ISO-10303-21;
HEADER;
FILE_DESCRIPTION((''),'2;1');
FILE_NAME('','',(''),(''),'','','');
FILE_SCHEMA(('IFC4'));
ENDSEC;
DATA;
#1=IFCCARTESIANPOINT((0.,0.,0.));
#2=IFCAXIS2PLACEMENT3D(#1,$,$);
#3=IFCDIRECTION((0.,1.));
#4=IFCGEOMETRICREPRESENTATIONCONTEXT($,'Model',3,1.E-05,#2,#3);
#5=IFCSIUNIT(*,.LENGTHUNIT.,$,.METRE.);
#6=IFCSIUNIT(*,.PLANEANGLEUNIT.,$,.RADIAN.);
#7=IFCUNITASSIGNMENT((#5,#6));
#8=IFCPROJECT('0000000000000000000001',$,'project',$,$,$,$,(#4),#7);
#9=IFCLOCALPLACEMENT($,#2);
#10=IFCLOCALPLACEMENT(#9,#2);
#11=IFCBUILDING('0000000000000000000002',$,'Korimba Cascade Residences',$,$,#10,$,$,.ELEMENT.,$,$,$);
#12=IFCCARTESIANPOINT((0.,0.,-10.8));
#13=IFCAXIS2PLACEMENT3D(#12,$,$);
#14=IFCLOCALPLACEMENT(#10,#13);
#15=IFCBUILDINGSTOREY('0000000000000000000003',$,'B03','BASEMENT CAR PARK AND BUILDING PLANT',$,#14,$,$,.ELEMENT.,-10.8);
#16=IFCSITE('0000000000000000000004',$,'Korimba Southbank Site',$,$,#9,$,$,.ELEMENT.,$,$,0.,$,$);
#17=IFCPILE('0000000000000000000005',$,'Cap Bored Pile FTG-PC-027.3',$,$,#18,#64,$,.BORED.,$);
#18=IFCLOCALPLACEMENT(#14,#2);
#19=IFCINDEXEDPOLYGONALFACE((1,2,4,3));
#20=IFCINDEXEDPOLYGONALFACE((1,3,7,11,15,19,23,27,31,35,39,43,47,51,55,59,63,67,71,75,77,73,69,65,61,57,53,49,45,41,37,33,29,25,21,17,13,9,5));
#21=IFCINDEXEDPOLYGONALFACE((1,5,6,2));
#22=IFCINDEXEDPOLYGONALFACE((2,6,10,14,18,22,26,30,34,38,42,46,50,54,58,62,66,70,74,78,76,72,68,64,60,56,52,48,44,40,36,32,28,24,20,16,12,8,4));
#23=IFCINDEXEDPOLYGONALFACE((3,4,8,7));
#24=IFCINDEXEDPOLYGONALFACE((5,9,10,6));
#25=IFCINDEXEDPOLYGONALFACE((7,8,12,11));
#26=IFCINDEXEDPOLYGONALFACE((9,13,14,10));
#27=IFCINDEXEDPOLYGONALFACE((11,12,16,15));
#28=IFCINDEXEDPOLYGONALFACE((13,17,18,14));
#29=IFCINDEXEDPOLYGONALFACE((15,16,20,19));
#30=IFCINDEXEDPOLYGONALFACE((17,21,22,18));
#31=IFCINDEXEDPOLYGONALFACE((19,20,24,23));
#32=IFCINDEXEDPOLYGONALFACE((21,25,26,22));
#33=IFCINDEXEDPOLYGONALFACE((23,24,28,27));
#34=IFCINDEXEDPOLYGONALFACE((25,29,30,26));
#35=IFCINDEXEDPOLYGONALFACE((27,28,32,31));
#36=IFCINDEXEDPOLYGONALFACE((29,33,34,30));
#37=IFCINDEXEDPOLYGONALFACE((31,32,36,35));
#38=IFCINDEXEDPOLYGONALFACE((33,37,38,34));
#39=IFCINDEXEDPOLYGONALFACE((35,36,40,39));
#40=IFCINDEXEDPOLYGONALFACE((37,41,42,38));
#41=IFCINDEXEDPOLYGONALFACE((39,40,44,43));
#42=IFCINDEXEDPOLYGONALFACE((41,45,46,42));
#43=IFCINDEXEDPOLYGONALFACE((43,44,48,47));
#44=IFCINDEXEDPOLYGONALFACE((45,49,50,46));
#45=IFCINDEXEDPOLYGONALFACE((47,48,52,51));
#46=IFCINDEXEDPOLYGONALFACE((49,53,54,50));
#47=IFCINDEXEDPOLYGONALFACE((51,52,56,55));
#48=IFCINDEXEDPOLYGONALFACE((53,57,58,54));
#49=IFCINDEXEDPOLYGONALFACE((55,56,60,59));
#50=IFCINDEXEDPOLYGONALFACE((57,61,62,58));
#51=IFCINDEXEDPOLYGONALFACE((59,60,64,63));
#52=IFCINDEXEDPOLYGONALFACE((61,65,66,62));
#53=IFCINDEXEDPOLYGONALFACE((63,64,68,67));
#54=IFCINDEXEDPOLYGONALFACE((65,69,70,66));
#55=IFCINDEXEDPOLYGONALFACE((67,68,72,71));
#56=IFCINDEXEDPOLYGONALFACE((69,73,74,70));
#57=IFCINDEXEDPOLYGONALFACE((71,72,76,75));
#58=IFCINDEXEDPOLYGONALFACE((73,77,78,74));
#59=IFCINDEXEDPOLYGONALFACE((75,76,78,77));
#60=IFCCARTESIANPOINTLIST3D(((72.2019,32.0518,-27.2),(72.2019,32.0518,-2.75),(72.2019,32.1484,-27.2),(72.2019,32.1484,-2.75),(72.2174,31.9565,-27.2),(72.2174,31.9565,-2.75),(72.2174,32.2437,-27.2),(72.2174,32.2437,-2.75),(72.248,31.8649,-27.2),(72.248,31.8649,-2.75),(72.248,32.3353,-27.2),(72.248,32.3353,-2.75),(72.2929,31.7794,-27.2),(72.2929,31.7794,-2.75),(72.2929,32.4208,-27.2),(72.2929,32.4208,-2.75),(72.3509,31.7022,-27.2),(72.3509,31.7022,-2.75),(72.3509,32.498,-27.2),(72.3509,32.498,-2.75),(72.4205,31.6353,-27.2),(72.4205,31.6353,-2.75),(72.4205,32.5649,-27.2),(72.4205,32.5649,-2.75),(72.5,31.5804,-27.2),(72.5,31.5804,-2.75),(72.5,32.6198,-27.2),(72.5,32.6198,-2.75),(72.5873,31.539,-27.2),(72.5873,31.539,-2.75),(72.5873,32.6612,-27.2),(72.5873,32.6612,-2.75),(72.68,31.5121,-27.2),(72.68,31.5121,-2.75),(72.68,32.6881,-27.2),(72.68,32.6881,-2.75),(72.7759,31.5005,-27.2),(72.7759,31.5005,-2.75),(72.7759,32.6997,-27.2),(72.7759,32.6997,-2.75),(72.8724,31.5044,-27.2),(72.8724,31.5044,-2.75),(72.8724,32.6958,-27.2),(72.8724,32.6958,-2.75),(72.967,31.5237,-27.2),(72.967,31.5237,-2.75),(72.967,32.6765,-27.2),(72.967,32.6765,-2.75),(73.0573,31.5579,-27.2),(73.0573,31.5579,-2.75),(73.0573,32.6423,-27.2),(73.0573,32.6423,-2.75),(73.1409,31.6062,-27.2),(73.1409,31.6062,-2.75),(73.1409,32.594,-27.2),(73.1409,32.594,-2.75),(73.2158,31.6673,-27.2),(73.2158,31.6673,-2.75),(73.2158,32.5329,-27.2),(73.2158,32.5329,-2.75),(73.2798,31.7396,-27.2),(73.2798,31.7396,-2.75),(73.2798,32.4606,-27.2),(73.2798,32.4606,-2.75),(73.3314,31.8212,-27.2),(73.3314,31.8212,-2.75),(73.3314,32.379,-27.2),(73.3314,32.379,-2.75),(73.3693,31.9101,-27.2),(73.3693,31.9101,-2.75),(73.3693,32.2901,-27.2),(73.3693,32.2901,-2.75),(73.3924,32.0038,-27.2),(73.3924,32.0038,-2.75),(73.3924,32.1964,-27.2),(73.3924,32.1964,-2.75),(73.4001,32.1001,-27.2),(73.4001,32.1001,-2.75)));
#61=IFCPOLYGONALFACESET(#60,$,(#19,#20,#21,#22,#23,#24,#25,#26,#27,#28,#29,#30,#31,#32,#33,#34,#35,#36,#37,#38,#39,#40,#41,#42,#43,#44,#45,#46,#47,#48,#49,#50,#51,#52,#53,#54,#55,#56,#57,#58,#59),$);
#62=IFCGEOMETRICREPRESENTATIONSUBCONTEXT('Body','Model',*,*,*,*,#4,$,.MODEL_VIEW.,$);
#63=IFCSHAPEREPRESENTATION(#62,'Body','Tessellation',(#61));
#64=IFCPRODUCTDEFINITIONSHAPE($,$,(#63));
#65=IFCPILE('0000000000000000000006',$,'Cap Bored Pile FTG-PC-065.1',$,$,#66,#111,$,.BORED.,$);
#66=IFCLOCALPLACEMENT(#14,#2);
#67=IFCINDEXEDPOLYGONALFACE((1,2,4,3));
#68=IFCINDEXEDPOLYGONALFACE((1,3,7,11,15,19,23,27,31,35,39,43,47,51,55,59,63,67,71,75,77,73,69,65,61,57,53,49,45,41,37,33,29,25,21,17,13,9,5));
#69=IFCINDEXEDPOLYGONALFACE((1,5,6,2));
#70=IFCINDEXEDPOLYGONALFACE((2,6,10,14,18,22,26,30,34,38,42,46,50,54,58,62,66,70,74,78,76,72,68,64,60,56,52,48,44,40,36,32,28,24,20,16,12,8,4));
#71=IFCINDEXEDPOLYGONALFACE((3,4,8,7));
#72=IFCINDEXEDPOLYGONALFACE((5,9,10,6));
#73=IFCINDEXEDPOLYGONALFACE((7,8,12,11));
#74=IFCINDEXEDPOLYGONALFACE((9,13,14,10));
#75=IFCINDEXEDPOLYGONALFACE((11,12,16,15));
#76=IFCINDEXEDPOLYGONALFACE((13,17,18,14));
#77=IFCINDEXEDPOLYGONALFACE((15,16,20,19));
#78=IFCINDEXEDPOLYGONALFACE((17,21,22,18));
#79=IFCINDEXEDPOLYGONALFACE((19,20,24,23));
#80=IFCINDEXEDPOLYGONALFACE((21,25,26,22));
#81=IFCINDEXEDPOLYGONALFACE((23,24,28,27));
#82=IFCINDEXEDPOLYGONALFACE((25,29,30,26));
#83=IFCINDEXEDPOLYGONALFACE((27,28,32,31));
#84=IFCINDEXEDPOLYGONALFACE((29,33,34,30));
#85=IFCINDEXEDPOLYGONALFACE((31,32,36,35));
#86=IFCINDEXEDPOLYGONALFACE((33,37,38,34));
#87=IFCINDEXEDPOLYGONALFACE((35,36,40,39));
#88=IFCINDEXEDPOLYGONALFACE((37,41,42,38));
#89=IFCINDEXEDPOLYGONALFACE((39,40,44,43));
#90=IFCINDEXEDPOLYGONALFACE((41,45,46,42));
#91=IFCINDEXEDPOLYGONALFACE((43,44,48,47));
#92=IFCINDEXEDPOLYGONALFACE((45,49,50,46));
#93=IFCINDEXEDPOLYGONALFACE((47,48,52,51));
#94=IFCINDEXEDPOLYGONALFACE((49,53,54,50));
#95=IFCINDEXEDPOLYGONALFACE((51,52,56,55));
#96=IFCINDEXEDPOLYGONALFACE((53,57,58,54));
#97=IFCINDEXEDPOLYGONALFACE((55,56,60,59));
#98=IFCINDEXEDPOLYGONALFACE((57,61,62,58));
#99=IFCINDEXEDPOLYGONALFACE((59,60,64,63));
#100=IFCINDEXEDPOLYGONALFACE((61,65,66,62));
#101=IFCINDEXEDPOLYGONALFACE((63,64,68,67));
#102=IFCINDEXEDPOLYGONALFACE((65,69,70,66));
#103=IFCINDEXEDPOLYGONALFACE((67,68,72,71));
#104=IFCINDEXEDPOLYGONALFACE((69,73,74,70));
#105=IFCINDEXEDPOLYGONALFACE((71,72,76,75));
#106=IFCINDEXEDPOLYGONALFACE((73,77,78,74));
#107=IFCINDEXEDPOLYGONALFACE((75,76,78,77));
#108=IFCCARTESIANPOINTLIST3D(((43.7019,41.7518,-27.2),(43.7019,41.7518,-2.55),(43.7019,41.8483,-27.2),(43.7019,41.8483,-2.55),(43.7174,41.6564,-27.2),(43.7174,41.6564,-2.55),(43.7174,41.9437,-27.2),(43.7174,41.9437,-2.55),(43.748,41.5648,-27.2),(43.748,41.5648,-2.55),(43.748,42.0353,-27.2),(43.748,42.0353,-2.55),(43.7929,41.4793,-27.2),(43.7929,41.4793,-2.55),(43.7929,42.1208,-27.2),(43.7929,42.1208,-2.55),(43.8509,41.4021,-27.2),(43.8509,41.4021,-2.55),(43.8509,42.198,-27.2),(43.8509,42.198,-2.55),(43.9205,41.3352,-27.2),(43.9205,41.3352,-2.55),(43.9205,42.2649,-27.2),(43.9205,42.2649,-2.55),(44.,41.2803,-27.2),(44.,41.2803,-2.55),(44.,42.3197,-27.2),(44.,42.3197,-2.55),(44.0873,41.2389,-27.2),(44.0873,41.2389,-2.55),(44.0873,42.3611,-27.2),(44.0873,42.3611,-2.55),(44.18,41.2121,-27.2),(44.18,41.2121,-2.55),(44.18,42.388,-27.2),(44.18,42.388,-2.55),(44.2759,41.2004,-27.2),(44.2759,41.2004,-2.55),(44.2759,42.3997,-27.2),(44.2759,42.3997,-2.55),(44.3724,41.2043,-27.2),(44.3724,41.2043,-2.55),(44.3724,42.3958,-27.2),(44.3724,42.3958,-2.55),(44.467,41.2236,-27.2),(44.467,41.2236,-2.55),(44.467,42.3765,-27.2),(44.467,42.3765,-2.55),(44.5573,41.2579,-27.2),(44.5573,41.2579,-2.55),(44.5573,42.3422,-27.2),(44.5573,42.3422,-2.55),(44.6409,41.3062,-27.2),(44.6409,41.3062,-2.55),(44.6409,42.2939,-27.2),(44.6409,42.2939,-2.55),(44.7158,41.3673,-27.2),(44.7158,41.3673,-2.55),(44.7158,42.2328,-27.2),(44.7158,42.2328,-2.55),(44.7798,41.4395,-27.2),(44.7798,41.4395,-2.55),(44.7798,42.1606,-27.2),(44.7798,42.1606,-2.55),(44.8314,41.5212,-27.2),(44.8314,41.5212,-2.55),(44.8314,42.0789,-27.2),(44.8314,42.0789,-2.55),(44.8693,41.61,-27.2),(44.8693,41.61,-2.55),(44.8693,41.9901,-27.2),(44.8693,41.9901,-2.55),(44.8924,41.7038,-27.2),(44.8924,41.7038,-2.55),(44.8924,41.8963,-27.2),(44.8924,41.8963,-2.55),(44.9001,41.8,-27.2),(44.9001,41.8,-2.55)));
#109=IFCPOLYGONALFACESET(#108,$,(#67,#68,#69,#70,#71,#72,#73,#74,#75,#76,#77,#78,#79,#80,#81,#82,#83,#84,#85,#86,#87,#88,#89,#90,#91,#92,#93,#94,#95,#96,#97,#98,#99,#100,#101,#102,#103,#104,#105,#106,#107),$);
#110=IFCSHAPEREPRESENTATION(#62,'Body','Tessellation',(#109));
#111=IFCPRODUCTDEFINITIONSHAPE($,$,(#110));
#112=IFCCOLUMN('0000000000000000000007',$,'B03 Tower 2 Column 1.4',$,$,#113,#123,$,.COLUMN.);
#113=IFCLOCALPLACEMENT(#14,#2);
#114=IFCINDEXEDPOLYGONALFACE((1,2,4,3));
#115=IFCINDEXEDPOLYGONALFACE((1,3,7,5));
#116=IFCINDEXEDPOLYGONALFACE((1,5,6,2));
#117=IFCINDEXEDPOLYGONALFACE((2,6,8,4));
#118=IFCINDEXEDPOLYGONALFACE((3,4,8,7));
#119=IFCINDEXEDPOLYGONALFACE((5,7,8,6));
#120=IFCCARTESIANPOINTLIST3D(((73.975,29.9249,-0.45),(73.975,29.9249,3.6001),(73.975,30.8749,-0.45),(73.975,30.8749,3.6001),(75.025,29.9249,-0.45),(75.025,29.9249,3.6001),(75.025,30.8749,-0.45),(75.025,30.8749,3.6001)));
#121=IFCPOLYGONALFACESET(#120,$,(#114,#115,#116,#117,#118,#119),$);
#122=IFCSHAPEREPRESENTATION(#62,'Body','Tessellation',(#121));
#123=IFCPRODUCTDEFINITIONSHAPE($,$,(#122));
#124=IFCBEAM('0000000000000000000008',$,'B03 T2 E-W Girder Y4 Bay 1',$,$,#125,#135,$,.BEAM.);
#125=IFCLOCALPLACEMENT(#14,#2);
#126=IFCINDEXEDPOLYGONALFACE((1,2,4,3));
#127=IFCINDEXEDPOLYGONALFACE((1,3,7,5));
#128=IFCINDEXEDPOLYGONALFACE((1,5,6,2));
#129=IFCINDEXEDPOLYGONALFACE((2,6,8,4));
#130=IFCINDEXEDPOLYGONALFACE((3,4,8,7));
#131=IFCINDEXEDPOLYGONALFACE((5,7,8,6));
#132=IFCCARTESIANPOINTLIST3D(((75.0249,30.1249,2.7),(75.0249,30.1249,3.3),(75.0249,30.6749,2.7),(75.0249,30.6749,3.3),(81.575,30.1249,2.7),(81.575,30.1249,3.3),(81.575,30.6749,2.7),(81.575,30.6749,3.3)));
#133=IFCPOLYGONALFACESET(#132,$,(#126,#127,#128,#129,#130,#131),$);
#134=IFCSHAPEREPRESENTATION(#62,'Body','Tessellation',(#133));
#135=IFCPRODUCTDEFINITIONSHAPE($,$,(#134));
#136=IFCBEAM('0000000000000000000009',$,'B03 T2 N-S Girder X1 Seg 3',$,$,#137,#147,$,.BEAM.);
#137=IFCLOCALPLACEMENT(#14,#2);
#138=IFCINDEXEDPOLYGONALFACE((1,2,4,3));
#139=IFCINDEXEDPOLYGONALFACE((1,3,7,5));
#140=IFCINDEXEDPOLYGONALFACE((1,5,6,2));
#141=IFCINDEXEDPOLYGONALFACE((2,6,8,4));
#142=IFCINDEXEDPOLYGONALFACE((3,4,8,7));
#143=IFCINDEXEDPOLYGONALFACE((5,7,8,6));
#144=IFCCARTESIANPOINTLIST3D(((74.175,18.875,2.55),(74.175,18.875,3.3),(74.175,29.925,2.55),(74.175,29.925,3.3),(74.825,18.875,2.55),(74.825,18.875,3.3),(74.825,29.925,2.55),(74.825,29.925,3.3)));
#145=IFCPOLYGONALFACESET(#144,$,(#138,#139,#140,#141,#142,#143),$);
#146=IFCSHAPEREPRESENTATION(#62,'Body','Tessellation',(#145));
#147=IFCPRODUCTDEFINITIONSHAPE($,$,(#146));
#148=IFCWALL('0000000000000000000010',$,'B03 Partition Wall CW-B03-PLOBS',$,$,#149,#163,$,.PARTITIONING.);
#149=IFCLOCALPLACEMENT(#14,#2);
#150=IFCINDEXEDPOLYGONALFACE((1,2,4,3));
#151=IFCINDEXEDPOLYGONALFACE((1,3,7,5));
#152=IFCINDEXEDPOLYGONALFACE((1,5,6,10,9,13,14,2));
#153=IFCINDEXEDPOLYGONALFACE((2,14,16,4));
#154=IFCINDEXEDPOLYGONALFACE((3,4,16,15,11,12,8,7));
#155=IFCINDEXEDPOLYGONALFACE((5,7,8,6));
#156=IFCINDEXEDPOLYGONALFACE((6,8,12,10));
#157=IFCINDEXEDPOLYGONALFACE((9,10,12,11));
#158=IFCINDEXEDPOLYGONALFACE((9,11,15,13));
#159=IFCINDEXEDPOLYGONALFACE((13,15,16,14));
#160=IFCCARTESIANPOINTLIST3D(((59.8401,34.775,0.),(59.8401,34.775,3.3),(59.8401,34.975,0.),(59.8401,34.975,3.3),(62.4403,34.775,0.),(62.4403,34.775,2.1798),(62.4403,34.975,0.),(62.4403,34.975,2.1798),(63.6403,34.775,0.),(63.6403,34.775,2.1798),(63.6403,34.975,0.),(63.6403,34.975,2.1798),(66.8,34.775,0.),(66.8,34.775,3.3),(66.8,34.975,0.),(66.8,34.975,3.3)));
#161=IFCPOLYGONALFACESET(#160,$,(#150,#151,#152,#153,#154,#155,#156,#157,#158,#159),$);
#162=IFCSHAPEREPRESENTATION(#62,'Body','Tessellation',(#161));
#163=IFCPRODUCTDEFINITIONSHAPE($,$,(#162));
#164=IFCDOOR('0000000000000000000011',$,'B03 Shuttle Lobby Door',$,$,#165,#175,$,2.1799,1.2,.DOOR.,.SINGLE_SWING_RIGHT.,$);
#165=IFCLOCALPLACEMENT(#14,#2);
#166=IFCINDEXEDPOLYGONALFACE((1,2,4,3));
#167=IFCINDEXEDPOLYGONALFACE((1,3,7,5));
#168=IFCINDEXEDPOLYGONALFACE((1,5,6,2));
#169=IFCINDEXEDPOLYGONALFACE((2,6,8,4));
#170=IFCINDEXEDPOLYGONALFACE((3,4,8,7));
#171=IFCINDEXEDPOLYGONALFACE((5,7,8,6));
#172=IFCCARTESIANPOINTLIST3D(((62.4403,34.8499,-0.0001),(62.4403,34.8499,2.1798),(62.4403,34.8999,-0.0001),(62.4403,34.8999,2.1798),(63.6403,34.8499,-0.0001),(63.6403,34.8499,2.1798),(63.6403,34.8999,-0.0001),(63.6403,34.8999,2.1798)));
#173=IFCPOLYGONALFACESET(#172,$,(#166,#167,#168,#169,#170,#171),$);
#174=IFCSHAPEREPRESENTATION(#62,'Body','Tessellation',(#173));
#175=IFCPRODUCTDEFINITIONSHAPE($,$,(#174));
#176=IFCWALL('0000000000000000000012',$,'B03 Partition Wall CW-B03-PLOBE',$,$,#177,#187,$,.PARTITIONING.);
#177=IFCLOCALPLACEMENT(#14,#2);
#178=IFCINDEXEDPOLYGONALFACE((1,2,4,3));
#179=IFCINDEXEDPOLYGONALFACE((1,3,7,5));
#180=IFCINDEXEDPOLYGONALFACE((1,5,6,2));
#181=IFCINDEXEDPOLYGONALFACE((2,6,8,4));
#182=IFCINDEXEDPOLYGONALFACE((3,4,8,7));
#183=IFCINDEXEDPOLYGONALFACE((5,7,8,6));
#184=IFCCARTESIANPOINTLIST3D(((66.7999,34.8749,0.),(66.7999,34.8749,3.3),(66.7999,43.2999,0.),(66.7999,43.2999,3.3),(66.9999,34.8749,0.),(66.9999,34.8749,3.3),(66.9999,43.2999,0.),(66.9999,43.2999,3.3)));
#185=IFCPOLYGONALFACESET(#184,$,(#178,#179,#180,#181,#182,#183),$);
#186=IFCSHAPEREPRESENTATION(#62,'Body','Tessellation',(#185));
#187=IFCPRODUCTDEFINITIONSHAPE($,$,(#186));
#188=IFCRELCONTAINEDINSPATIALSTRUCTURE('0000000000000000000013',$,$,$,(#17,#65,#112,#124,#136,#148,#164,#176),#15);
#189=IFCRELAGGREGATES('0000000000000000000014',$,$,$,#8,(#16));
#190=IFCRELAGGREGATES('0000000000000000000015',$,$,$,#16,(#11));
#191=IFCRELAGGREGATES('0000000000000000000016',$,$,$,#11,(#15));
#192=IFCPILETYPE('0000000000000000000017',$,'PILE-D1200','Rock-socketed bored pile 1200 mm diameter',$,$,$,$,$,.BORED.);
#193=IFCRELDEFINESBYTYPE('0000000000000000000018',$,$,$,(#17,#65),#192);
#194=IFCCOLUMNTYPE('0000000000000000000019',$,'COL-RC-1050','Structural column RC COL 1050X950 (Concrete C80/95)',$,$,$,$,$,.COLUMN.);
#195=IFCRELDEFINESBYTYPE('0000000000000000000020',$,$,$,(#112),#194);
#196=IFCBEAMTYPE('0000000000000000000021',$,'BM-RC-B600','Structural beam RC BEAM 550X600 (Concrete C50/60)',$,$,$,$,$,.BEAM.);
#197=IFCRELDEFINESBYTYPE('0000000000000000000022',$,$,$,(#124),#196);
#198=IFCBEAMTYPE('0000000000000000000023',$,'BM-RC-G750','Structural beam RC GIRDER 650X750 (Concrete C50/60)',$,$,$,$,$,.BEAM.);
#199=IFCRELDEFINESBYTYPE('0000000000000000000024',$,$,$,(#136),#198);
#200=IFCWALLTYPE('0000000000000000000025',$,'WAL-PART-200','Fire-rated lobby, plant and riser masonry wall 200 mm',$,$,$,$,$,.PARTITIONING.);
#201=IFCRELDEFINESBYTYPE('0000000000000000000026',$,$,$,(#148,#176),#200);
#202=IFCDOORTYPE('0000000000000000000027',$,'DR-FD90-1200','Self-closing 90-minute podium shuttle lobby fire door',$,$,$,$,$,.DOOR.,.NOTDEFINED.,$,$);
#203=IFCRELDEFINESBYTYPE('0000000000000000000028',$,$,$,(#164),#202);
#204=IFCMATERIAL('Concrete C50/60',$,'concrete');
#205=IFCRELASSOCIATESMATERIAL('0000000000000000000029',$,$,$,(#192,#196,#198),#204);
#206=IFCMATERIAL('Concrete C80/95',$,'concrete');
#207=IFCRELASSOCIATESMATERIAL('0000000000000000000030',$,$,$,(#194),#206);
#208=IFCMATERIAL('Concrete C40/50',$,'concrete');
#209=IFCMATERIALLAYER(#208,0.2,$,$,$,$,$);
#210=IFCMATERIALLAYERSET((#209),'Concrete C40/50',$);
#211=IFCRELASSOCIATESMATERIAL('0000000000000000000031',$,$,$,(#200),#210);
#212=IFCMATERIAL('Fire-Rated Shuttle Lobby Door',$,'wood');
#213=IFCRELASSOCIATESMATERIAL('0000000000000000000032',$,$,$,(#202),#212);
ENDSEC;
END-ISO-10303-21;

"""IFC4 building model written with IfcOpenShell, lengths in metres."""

from ifc_helpers import new_model, si_unit, direction, frame, frame_2d, origin, origin_2d, place, context, subcontext, project, spatial, rectangle, circle, extrude, material, layer, layer_set, material_profile, profile_set, type_object, element, fill, save


model = new_model("IFC4")

# Units and contexts
model_context = context("Model", 3, precision=1e-05, world=origin(), true_north=direction((0.0, 1.0)))
body_context = subcontext(model_context, "Body", "Model", "MODEL_VIEW")
ifc_project = project(units=[si_unit("LENGTHUNIT", "METRE"), si_unit("PLANEANGLEUNIT", "RADIAN")], contexts=[model_context])

# Site, building, storey
site_placement = place(None, origin())
site = spatial("IfcSite", under=ifc_project, at=site_placement, Name="Korimba Southbank Site", CompositionType="ELEMENT", RefElevation=0.0)
building_placement = place(site_placement, origin())
building = spatial("IfcBuilding", under=site, at=building_placement, Name="Korimba Cascade Residences", CompositionType="ELEMENT")
storey_placement = place(building_placement, frame((0.0, 0.0, -10.8)))
storey = spatial("IfcBuildingStorey", under=building, at=storey_placement, Name="B03", Description="BASEMENT CAR PARK AND BUILDING PLANT", CompositionType="ELEMENT", Elevation=-10.8)

# Piles
ifc_material_1 = material(Name="Concrete C50/60", Category="concrete")
ifc_material_profile_1 = material_profile(ifc_material_1, circle(Radius=0.6001, at=origin_2d()), Name="Concrete C50/60")
ifc_profile_set_1 = profile_set([ifc_material_profile_1], Name="Concrete C50/60")
pile_type = type_object("IfcPileType", Name="PILE-D1200", Description="Rock-socketed bored pile 1200 mm diameter", PredefinedType="BORED", material=ifc_profile_set_1)
for number, where, z_axis, x_axis, name in (
    (1, (72.8, 32.1001, -2.75), (0.0, 0.0, -1.0), (1.0, 0.0, 0.0), "Cap Bored Pile FTG-PC-027.3"),
):
    element("IfcPile", number, at=place(storey_placement, frame(where, z_axis=z_axis, x_axis=x_axis)), inside=storey, type_object=pile_type, Name=name, PredefinedType="BORED", context=body_context, shape_type="SweptSolid", body=[
        extrude(circle(Radius=0.6001, at=origin_2d()), origin(), (0.0, 0.0, 1.0), 24.45),
    ])
pile_placement = place(storey_placement, frame((44.3, 41.8, -2.55), z_axis=(0.0, 0.0, -1.0), x_axis=(1.0, 0.0, 0.0)))
element("IfcPile", 2, at=pile_placement, inside=storey, type_object=pile_type, Name="Cap Bored Pile FTG-PC-065.1", PredefinedType="BORED", context=body_context, shape_type="SweptSolid", body=[
    extrude(circle(Radius=0.6001, at=origin_2d()), origin(), (0.0, 0.0, 1.0), 24.6499),
])

# Column
ifc_material_2 = material(Name="Concrete C80/95", Category="concrete")
ifc_material_profile_2 = material_profile(ifc_material_2, rectangle(XDim=1.05, YDim=0.95, at=origin_2d()), Name="Concrete C80/95")
ifc_profile_set_2 = profile_set([ifc_material_profile_2], Name="Concrete C80/95")
column_type = type_object("IfcColumnType", Name="COL-RC-1050", Description="Structural column RC COL 1050X950 (Concrete C80/95)", PredefinedType="COLUMN", material=ifc_profile_set_2)
column_placement = place(storey_placement, frame((74.5, 30.3999, -0.45), z_axis=(0.0, 0.0, 1.0), x_axis=(1.0, 0.0, 0.0)))
element("IfcColumn", 3, at=column_placement, inside=storey, type_object=column_type, Name="B03 Tower 2 Column 1.4", PredefinedType="COLUMN", context=body_context, shape_type="SweptSolid", body=[
    extrude(rectangle(XDim=1.05, YDim=0.95, at=origin_2d()), origin(), (0.0, 0.0, 1.0), 4.05),
])

# Beams
ifc_material_profile_3 = material_profile(ifc_material_1, rectangle(XDim=0.55, YDim=0.6001, at=origin_2d()), Name="Concrete C50/60")
ifc_profile_set_3 = profile_set([ifc_material_profile_3], Name="Concrete C50/60")
beam_type_1 = type_object("IfcBeamType", Name="BM-RC-B600", Description="Structural beam RC BEAM 550X600 (Concrete C50/60)", PredefinedType="BEAM", material=ifc_profile_set_3)
beam_1_placement = place(storey_placement, frame((75.0249, 30.3999, 3.0), z_axis=(1.0, 0.0, 0.0), x_axis=(0.0, 1.0, 0.0)))
element("IfcBeam", 4, at=beam_1_placement, inside=storey, type_object=beam_type_1, Name="B03 T2 E-W Girder Y4 Bay 1", PredefinedType="BEAM", context=body_context, shape_type="SweptSolid", body=[
    extrude(rectangle(XDim=0.55, YDim=0.6001, at=origin_2d()), origin(), (0.0, 0.0, 1.0), 6.55),
])
ifc_material_profile_4 = material_profile(ifc_material_1, rectangle(XDim=0.6499, YDim=0.75, at=origin_2d()), Name="Concrete C50/60")
ifc_profile_set_4 = profile_set([ifc_material_profile_4], Name="Concrete C50/60")
beam_type_2 = type_object("IfcBeamType", Name="BM-RC-G750", Description="Structural beam RC GIRDER 650X750 (Concrete C50/60)", PredefinedType="BEAM", material=ifc_profile_set_4)
beam_2_placement = place(storey_placement, frame((74.5, 18.875, 2.925), z_axis=(0.0, 1.0, 0.0), x_axis=(-1.0, 0.0, 0.0)))
element("IfcBeam", 5, at=beam_2_placement, inside=storey, type_object=beam_type_2, Name="B03 T2 N-S Girder X1 Seg 3", PredefinedType="BEAM", context=body_context, shape_type="SweptSolid", body=[
    extrude(rectangle(XDim=0.6499, YDim=0.75, at=origin_2d()), origin(), (0.0, 0.0, 1.0), 11.05),
])

# Wall, opening, door
ifc_material_3 = material(Name="Concrete C40/50", Category="concrete")
ifc_layer_1 = layer(ifc_material_3, 0.2)
ifc_layer_set_1 = layer_set([ifc_layer_1], Name="Concrete C40/50")
wall_type_1 = type_object("IfcWallType", Name="WAL-PART-200", Description="Fire-rated lobby, plant and riser masonry wall 200 mm", PredefinedType="PARTITIONING", material=ifc_layer_set_1)
wall_1_placement = place(storey_placement, frame((59.8401, 34.875, 0.0), z_axis=(0.0, 0.0, 1.0), x_axis=(1.0, 0.0, 0.0)))
wall_1 = element("IfcWall", 6, at=wall_1_placement, inside=storey, type_object=wall_type_1, Name="B03 Partition Wall CW-B03-PLOBS", PredefinedType="PARTITIONING", context=body_context, shape_type="SweptSolid", body=[
    extrude(rectangle(XDim=6.96, YDim=0.2, at=frame_2d((3.48, 0.0))), origin(), (0.0, 0.0, 1.0), 3.3),
])
opening_1_placement = place(wall_1_placement, frame((2.6001, 0.0, 0.0)))
opening_1 = element("IfcOpeningElement", 7, at=opening_1_placement, cuts=wall_1, PredefinedType="OPENING", context=body_context, shape_type="SweptSolid", body=[
    extrude(rectangle(XDim=1.2, YDim=2.1799, at=frame_2d((0.6001, 1.0898))), frame((0.0, 0.1099, 0.0), z_axis=(0.0, -1.0, 0.0), x_axis=(1.0, 0.0, 0.0)), (0.0, 0.0, 1.0), 0.22),
])
ifc_material_4 = material(Name="Fire-Rated Shuttle Lobby Door", Category="wood")
door_type_1 = type_object("IfcDoorType", Name="DR-FD90-1200", Description="Self-closing 90-minute podium shuttle lobby fire door", OperationType="NOTDEFINED", PredefinedType="DOOR", material=ifc_material_4)
door_1_placement = place(opening_1_placement, origin())
door_1 = element("IfcDoor", 8, at=door_1_placement, inside=storey, type_object=door_type_1, Name="B03 Shuttle Lobby Door", OperationType="SINGLE_SWING_RIGHT", OverallHeight=2.1799, OverallWidth=1.2, PredefinedType="DOOR", context=body_context, shape_type="SweptSolid", body=[
    extrude(rectangle(XDim=1.2, YDim=2.1799, at=frame_2d((0.6001, 1.0898))), frame((0.0, 0.0249, 0.0), z_axis=(0.0, -1.0, 0.0), x_axis=(1.0, 0.0, 0.0)), (0.0, 0.0, 1.0), 0.05),
])
fill(opening_1, door_1)

# Wall
wall_2_placement = place(storey_placement, frame((66.8999, 34.875, 0.0), z_axis=(0.0, 0.0, 1.0), x_axis=(0.0, 1.0, 0.0)))
element("IfcWall", 9, at=wall_2_placement, inside=storey, type_object=wall_type_1, Name="B03 Partition Wall CW-B03-PLOBE", PredefinedType="PARTITIONING", context=body_context, shape_type="SweptSolid", body=[
    extrude(rectangle(XDim=8.425, YDim=0.2, at=frame_2d((4.2124, 0.0))), origin(), (0.0, 0.0, 1.0), 3.3),
])

save(model, "model.ifc")
